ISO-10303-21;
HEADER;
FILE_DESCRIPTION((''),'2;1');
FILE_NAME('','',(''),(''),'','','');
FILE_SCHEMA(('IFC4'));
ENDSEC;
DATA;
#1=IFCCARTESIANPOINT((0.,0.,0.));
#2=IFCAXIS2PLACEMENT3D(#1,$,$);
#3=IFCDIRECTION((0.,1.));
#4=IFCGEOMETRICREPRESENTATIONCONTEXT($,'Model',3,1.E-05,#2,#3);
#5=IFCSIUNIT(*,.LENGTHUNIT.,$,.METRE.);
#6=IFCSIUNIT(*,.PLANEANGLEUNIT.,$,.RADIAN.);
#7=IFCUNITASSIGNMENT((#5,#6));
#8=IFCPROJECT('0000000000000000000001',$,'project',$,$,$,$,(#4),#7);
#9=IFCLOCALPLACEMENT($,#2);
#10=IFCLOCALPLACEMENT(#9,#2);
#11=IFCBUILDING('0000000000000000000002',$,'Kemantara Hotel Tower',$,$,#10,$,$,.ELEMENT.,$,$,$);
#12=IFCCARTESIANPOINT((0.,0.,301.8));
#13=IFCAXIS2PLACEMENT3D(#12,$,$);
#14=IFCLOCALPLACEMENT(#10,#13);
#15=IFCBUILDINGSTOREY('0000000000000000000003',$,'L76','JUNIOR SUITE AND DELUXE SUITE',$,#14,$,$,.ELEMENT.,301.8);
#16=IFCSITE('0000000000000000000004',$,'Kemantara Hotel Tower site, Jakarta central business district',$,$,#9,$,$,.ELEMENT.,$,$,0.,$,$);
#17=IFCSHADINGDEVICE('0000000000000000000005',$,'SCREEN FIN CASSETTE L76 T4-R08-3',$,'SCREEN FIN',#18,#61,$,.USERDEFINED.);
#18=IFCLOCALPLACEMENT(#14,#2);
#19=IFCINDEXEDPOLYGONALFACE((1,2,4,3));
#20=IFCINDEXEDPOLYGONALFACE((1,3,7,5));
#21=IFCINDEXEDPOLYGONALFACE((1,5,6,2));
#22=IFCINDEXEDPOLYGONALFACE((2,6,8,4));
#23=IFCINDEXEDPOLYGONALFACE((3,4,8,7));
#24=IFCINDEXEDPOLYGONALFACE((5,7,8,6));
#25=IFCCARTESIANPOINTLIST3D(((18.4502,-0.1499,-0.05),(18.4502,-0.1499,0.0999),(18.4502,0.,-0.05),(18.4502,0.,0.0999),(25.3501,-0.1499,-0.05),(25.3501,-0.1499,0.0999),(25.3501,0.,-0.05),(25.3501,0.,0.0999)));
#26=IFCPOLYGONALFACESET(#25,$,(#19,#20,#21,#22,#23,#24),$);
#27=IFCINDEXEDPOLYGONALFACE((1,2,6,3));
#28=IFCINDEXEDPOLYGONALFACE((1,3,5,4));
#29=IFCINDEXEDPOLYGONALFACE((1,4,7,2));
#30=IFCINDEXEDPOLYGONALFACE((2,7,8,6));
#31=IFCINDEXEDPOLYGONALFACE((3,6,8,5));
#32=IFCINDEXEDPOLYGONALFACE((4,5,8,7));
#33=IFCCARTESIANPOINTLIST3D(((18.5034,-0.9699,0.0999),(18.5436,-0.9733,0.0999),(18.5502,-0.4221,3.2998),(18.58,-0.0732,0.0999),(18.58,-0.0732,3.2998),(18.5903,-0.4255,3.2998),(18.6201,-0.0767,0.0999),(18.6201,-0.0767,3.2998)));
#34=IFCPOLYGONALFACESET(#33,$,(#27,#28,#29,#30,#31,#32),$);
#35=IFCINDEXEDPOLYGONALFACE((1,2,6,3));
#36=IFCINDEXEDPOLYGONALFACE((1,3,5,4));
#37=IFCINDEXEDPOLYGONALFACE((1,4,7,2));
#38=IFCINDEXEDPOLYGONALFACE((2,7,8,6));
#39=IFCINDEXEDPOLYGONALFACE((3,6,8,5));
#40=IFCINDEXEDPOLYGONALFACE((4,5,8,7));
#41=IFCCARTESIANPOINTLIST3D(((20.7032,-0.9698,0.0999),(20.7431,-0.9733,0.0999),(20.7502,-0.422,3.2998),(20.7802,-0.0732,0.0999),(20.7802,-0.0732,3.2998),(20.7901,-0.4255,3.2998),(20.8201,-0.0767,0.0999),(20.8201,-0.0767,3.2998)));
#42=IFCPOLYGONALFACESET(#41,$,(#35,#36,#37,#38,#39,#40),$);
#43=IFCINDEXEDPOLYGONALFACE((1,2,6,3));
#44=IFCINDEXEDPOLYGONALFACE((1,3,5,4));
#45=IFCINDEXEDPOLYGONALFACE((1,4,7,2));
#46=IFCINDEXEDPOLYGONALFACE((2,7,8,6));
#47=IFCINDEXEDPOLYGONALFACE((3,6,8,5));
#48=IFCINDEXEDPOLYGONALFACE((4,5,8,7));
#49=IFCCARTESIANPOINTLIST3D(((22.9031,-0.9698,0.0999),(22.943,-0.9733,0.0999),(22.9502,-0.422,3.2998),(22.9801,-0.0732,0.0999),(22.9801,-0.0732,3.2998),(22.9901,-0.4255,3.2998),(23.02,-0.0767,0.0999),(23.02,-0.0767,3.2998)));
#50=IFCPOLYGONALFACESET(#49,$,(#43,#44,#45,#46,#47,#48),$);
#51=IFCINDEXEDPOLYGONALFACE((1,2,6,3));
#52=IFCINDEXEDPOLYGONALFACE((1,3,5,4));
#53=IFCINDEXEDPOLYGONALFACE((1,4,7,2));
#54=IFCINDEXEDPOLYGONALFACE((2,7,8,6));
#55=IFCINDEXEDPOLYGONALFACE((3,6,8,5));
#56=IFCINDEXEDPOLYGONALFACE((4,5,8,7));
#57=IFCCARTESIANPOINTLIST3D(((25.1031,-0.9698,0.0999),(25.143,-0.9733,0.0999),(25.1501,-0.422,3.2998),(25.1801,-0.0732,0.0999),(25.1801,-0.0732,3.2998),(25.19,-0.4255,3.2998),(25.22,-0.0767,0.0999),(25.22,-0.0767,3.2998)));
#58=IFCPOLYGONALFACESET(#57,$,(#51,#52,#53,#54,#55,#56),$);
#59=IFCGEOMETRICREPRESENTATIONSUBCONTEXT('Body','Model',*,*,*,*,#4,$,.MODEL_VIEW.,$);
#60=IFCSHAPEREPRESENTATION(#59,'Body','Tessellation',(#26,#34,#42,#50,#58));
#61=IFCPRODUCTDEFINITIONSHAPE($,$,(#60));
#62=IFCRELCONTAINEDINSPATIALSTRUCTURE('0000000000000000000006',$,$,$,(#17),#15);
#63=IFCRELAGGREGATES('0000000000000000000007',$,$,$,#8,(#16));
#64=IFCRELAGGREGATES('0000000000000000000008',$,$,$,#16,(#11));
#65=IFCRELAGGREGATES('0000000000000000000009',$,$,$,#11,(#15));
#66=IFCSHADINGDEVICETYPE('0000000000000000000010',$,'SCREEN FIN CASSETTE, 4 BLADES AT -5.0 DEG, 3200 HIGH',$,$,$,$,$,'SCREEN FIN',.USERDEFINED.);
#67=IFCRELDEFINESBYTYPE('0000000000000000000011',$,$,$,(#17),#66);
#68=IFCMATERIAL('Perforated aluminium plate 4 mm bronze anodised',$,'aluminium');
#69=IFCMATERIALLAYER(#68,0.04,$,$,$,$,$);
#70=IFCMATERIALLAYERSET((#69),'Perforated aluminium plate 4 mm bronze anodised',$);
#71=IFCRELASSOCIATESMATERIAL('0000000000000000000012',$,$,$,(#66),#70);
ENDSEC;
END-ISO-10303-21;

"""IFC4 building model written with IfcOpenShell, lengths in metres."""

from ifc_helpers import new_model, si_unit, direction, frame, origin, origin_2d, place, context, subcontext, project, spatial, polyline, rectangle, outline, extrude, source, transform, mapped, material, layer, layer_set, type_object, element, save


model = new_model("IFC4")

# Units and contexts
model_context = context("Model", 3, precision=1e-05, world=origin(), true_north=direction((0.0, 1.0)))
body_context = subcontext(model_context, "Body", "Model", "MODEL_VIEW")
ifc_project = project(units=[si_unit("LENGTHUNIT", "METRE"), si_unit("PLANEANGLEUNIT", "RADIAN")], contexts=[model_context])

# Site, building, storey
site_placement = place(None, origin())
site = spatial("IfcSite", under=ifc_project, at=site_placement, Name="Kemantara Hotel Tower site, Jakarta central business district", CompositionType="ELEMENT", RefElevation=0.0)
building_placement = place(site_placement, origin())
building = spatial("IfcBuilding", under=site, at=building_placement, Name="Kemantara Hotel Tower", CompositionType="ELEMENT")
storey_placement = place(building_placement, frame((0.0, 0.0, 301.8)))
storey = spatial("IfcBuildingStorey", under=building, at=storey_placement, Name="L76", Description="JUNIOR SUITE AND DELUXE SUITE", CompositionType="ELEMENT", Elevation=301.8)

# Shading device
ifc_material_1 = material(Name="Perforated aluminium plate 4 mm bronze anodised", Category="aluminium")
ifc_layer_1 = layer(ifc_material_1, 0.04)
ifc_layer_set_1 = layer_set([ifc_layer_1], Name="Perforated aluminium plate 4 mm bronze anodised")
shading_device_type = type_object("IfcShadingDeviceType", Name="SCREEN FIN CASSETTE, 4 BLADES AT -5.0 DEG, 3200 HIGH", ElementType="SCREEN FIN", PredefinedType="USERDEFINED", material=ifc_layer_set_1)
shared_shape = source(origin(), body_context, "Body", "SweptSolid", [
    extrude(rectangle(XDim=6.8999, YDim=0.1499, at=origin_2d()), frame((3.3, -0.075, -0.1499), z_axis=(0.0, 0.0, 1.0), x_axis=(1.0, 0.0, 0.0)), (0.0, 0.0, 1.0), 0.1499),
    extrude(outline(polyline([(0.0, 0.0), (0.8999, 0.0), (0.3501, 3.2), (0.0, 3.2), (0.0, 0.0)])), frame((0.02, -0.0767, 0.0), z_axis=(-0.996376, 0.085056, 0.0), x_axis=(-0.085056, -0.996376, 0.0)), (0.0, 0.0, 1.0), 0.0403),
    extrude(outline(polyline([(0.0, 0.0), (0.8999, 0.0), (0.3501, 3.2), (0.0, 3.2), (0.0, 0.0)])), frame((2.22, -0.0767, 0.0), z_axis=(-0.996332, 0.085575, 0.0), x_axis=(-0.085575, -0.996332, 0.0)), (0.0, 0.0, 1.0), 0.04),
    extrude(outline(polyline([(0.0, 0.0), (0.8999, 0.0), (0.3501, 3.2), (0.0, 3.2), (0.0, 0.0)])), frame((4.4199, -0.0767, 0.0), z_axis=(-0.996332, 0.085575, 0.0), x_axis=(-0.085575, -0.996332, 0.0)), (0.0, 0.0, 1.0), 0.04),
    extrude(outline(polyline([(0.0, 0.0), (0.8999, 0.0), (0.3501, 3.2), (0.0, 3.2), (0.0, 0.0)])), frame((6.6199, -0.0767, 0.0), z_axis=(-0.996332, 0.085575, 0.0), x_axis=(-0.085575, -0.996332, 0.0)), (0.0, 0.0, 1.0), 0.04),
])
shading_device_placement = place(storey_placement, frame((18.6001, 0.0, 0.0999), z_axis=(0.0, 0.0, 1.0), x_axis=(1.0, 0.0, 0.0)))
element("IfcShadingDevice", 1, at=shading_device_placement, inside=storey, type_object=shading_device_type, Name="SCREEN FIN CASSETTE L76 T4-R08-3", ObjectType="SCREEN FIN", PredefinedType="USERDEFINED", context=body_context, shape_type="MappedRepresentation", body=[
    mapped(shared_shape, transform((0.0, 0.0, 0.0))),
])

save(model, "model.ifc")
